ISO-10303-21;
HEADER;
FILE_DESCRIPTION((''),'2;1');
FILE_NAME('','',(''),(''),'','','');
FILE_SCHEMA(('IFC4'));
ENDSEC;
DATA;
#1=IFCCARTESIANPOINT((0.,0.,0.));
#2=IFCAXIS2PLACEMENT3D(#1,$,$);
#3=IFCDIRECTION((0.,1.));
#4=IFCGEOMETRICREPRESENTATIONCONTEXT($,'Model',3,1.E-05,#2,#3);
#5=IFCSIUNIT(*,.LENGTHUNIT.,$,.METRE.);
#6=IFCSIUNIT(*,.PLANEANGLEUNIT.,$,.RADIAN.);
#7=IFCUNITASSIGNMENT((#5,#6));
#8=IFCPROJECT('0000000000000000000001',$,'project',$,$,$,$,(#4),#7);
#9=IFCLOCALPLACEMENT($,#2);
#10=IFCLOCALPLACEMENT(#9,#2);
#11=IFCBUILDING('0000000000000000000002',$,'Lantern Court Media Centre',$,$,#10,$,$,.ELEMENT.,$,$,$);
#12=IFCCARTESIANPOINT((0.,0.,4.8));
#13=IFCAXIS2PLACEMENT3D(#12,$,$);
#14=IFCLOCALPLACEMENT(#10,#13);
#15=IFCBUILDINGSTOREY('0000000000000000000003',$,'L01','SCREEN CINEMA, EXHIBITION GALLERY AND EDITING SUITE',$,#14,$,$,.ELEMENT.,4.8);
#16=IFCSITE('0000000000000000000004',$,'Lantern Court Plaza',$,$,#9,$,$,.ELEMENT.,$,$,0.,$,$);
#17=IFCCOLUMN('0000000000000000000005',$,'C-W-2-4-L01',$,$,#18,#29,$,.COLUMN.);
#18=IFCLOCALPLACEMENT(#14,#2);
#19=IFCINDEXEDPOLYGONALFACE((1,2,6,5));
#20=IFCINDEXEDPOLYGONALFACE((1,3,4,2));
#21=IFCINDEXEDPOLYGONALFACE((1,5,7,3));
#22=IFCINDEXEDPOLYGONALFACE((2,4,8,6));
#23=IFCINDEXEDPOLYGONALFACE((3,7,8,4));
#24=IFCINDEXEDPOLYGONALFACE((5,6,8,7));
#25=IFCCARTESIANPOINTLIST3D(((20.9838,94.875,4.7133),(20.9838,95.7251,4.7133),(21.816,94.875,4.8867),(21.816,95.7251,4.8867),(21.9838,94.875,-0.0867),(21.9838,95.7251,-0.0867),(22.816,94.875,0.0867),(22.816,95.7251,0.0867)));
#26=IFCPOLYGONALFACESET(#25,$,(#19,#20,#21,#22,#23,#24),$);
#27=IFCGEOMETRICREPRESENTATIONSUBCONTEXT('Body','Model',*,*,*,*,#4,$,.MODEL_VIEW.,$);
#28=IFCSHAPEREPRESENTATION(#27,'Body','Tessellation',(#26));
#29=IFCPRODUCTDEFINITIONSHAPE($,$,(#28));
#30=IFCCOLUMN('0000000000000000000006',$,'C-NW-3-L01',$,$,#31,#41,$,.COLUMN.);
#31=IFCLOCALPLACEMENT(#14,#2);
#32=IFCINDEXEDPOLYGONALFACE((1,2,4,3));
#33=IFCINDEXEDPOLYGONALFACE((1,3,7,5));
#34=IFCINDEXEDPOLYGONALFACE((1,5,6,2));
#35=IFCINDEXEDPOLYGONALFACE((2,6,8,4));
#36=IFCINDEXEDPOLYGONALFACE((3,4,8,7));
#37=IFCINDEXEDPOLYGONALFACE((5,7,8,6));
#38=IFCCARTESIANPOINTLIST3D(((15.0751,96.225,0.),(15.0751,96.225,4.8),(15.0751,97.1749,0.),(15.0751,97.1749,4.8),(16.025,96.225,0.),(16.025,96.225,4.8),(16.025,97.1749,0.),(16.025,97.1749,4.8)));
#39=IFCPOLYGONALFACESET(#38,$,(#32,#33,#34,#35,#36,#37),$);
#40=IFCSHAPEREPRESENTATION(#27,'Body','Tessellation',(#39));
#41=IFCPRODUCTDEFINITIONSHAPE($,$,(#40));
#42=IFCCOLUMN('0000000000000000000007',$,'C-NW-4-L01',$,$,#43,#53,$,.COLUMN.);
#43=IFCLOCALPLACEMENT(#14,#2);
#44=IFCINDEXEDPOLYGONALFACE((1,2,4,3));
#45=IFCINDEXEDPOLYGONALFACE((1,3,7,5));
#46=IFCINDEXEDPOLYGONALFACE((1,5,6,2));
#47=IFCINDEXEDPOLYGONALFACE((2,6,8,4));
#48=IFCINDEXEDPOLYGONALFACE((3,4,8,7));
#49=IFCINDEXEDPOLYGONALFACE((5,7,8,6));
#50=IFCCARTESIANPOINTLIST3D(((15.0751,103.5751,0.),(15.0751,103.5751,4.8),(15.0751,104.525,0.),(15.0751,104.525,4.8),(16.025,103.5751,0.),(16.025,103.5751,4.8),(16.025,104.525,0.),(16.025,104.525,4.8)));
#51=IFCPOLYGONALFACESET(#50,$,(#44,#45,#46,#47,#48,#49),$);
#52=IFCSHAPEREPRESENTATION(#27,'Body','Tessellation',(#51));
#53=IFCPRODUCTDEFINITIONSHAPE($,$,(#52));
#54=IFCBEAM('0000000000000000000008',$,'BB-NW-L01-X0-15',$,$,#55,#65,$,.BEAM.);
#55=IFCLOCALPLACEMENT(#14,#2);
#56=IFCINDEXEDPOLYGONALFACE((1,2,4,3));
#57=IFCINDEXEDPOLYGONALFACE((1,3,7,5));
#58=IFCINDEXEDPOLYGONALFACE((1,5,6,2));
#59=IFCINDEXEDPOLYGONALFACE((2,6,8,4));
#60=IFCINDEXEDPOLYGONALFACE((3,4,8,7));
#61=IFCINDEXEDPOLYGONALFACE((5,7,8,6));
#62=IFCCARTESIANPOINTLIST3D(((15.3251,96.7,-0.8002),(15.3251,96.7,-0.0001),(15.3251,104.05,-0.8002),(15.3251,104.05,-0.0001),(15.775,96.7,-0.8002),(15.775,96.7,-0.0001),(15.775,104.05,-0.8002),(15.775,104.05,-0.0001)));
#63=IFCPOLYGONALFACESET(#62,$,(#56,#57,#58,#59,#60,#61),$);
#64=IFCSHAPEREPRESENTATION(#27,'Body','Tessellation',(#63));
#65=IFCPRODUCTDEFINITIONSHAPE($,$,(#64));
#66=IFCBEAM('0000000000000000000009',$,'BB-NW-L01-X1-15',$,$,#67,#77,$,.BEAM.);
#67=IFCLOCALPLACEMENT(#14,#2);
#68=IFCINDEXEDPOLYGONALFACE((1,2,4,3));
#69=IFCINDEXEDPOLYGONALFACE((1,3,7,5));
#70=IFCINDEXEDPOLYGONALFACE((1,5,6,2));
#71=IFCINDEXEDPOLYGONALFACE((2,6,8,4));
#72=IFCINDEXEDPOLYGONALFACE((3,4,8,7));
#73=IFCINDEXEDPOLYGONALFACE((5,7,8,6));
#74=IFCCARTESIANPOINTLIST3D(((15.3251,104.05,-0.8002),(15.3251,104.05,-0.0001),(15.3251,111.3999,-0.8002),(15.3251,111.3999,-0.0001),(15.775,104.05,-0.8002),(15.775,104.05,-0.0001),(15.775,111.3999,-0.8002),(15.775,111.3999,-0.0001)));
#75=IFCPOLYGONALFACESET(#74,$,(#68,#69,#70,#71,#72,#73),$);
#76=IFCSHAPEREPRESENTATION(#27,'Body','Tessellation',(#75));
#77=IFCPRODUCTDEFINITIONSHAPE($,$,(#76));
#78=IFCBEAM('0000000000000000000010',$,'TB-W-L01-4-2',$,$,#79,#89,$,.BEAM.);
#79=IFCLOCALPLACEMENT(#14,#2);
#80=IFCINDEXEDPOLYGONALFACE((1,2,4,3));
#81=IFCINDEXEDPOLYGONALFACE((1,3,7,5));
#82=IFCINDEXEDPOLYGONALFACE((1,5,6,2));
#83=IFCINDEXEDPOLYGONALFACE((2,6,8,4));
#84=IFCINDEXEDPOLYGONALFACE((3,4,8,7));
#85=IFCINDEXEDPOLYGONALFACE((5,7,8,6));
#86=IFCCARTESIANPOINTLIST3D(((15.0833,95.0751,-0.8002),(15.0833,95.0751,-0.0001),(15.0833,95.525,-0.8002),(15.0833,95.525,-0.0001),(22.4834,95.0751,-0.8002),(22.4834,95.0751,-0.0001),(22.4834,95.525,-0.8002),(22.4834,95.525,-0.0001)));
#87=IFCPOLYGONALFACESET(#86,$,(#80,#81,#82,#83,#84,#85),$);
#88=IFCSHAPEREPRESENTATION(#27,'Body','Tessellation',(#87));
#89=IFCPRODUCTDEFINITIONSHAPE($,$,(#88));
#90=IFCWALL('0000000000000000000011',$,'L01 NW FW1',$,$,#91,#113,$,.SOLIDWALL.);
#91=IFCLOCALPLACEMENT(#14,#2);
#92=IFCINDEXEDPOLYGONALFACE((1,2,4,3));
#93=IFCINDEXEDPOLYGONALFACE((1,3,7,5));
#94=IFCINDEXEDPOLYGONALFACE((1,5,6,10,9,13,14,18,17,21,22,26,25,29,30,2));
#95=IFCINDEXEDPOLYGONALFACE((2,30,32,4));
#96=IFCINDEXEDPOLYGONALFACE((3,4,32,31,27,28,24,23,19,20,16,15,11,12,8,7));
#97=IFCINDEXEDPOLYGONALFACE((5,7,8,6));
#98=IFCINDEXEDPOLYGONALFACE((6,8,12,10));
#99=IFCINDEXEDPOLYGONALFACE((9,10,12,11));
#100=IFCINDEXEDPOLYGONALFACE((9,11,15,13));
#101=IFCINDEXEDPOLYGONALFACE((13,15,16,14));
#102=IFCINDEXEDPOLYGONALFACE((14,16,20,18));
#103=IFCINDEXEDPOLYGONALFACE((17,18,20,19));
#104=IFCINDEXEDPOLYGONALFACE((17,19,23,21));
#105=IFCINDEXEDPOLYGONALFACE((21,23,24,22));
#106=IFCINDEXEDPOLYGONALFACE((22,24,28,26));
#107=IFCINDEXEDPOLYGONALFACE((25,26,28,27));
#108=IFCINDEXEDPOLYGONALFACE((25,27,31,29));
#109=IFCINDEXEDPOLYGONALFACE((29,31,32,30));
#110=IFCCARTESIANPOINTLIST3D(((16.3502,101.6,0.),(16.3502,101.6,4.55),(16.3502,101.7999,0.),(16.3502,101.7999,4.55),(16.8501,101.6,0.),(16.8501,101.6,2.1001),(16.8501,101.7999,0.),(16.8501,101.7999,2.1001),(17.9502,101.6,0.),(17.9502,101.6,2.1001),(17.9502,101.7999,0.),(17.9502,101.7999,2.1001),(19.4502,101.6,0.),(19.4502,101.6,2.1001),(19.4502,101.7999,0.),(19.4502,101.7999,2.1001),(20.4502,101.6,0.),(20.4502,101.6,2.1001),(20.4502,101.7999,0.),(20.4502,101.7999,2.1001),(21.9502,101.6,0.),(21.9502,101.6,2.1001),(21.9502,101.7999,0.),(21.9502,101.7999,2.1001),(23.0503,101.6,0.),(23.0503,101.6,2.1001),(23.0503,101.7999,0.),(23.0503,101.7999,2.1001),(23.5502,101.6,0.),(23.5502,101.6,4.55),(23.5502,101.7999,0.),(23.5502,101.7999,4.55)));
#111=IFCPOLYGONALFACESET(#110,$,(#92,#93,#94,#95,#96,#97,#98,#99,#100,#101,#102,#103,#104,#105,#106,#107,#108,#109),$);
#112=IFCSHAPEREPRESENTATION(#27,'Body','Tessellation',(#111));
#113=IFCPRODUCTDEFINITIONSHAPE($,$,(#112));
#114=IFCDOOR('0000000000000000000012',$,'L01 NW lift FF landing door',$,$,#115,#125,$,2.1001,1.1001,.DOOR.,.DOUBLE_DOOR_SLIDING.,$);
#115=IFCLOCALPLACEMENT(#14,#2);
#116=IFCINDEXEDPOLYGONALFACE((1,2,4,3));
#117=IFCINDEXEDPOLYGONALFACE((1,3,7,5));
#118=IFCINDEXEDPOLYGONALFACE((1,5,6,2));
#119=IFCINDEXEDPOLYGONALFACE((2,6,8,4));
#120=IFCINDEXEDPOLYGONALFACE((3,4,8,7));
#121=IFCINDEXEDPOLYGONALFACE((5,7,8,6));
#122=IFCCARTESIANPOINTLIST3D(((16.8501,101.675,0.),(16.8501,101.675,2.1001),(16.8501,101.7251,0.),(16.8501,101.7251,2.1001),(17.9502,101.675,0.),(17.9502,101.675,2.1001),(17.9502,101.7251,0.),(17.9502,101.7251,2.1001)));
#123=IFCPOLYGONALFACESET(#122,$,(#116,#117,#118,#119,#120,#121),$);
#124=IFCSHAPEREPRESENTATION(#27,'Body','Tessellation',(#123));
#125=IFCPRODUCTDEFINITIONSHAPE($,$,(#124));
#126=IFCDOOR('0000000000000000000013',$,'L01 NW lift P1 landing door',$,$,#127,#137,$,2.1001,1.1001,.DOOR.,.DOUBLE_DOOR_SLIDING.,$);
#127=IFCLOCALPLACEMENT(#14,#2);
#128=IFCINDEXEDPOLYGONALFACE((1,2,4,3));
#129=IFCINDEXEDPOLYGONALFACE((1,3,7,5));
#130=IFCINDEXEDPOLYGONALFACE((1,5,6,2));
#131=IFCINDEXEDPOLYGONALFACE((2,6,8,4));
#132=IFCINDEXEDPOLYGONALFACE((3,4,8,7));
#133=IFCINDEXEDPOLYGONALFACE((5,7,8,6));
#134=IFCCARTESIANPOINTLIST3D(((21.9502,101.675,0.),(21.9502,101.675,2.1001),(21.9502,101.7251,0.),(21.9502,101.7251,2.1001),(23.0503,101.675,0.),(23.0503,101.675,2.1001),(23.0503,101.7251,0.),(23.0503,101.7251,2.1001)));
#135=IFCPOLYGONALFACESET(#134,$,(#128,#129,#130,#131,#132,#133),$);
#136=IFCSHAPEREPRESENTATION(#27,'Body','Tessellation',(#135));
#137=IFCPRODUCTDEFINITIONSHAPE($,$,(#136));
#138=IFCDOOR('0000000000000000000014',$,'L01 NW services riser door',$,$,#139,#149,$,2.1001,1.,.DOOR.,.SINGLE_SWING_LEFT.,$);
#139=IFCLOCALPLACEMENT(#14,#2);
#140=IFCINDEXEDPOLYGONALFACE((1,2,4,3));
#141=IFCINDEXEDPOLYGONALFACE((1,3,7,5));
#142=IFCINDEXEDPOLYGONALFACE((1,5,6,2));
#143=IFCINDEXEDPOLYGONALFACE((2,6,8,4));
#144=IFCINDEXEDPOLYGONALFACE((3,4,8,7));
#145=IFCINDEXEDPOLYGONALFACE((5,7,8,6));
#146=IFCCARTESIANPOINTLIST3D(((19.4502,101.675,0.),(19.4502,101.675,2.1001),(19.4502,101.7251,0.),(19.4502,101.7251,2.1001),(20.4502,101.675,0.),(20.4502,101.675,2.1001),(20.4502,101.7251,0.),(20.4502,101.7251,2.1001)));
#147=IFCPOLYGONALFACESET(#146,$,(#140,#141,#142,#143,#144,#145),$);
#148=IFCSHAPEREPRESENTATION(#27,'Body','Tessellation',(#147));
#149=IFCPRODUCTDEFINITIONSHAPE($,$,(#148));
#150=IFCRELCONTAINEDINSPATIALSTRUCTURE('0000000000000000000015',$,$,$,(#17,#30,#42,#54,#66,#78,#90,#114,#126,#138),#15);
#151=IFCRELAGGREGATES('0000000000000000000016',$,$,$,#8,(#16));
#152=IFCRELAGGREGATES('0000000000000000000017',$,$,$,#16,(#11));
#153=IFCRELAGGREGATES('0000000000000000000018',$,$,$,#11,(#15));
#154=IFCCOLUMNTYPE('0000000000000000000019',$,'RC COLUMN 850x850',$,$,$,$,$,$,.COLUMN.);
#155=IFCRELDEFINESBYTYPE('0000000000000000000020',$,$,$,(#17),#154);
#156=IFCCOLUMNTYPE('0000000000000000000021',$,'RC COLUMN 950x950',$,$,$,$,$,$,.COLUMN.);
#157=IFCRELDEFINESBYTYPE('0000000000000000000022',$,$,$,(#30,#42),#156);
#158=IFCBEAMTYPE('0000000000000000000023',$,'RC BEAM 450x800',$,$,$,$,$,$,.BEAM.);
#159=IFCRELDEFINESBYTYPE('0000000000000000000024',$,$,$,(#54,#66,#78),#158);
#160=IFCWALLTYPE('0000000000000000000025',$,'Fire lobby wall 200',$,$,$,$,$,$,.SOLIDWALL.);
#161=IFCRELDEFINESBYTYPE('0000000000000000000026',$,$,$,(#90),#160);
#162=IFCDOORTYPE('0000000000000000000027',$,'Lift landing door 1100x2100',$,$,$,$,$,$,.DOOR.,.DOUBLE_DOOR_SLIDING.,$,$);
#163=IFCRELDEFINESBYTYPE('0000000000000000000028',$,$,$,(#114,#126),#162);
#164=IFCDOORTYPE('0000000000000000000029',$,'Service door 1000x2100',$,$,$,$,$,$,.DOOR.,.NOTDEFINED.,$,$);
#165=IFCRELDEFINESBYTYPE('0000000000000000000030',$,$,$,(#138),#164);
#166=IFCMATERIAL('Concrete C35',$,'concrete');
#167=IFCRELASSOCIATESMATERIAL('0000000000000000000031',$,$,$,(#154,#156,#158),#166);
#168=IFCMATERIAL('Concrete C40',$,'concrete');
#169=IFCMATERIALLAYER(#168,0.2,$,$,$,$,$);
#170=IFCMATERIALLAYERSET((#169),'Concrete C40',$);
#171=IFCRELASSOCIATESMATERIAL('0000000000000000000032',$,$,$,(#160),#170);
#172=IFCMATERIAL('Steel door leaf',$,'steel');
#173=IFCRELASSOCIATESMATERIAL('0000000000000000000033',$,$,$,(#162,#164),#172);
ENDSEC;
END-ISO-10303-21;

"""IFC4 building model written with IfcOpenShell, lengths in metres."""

from ifc_helpers import new_model, si_unit, direction, frame, frame_2d, origin, origin_2d, place, context, subcontext, project, spatial, rectangle, extrude, material, layer, layer_set, material_profile, profile_set, type_object, element, fill, save


model = new_model("IFC4")

# Units and contexts
model_context = context("Model", 3, precision=1e-05, world=origin(), true_north=direction((0.0, 1.0)))
body_context = subcontext(model_context, "Body", "Model", "MODEL_VIEW")
ifc_project = project(units=[si_unit("LENGTHUNIT", "METRE"), si_unit("PLANEANGLEUNIT", "RADIAN")], contexts=[model_context])

# Site, building, storey
site_placement = place(None, origin())
site = spatial("IfcSite", under=ifc_project, at=site_placement, Name="Lantern Court Plaza", CompositionType="ELEMENT", RefElevation=0.0)
building_placement = place(site_placement, origin())
building = spatial("IfcBuilding", under=site, at=building_placement, Name="Lantern Court Media Centre", CompositionType="ELEMENT")
storey_placement = place(building_placement, frame((0.0, 0.0, 4.8)))
storey = spatial("IfcBuildingStorey", under=building, at=storey_placement, Name="L01", Description="SCREEN CINEMA, EXHIBITION GALLERY AND EDITING SUITE", CompositionType="ELEMENT", Elevation=4.8)

# Columns
ifc_material_1 = material(Name="Concrete C35", Category="concrete")
ifc_material_profile_1 = material_profile(ifc_material_1, rectangle(XDim=0.8501, YDim=0.8501, at=origin_2d()), Name="RC 850x850")
ifc_profile_set_1 = profile_set([ifc_material_profile_1], Name="Concrete C35")
column_type_1 = type_object("IfcColumnType", Name="RC COLUMN 850x850", PredefinedType="COLUMN", material=ifc_profile_set_1)
column_placement = place(storey_placement, frame((22.3999, 95.3, 0.0), z_axis=(-0.203952, 0.0, 0.978981), x_axis=(0.0, -1.0, 0.0)))
element("IfcColumn", 1, at=column_placement, inside=storey, type_object=column_type_1, Name="C-W-2-4-L01", PredefinedType="COLUMN", context=body_context, shape_type="SweptSolid", body=[
    extrude(rectangle(XDim=0.8501, YDim=0.8501, at=origin_2d()), origin(), (0.0, 0.0, 1.0), 4.9031),
])
ifc_material_profile_2 = material_profile(ifc_material_1, rectangle(XDim=0.95, YDim=0.95, at=origin_2d()), Name="RC 950x950")
ifc_profile_set_2 = profile_set([ifc_material_profile_2], Name="Concrete C35")
column_type_2 = type_object("IfcColumnType", Name="RC COLUMN 950x950", PredefinedType="COLUMN", material=ifc_profile_set_2)
for number, where, z_axis, x_axis, name in (
    (2, (15.55, 96.7, 0.0), (0.0, 0.0, 1.0), (1.0, 0.0, 0.0), "C-NW-3-L01"),
    (3, (15.55, 104.05, 0.0), (0.0, 0.0, 1.0), (1.0, 0.0, 0.0), "C-NW-4-L01"),
):
    element("IfcColumn", number, at=place(storey_placement, frame(where, z_axis=z_axis, x_axis=x_axis)), inside=storey, type_object=column_type_2, Name=name, PredefinedType="COLUMN", context=body_context, shape_type="SweptSolid", body=[
        extrude(rectangle(XDim=0.95, YDim=0.95, at=origin_2d()), origin(), (0.0, 0.0, 1.0), 4.8),
    ])

# Beams
ifc_material_profile_3 = material_profile(ifc_material_1, rectangle(XDim=0.45, YDim=0.8, at=origin_2d()), Name="RC 450x800")
ifc_profile_set_3 = profile_set([ifc_material_profile_3], Name="Concrete C35")
beam_type = type_object("IfcBeamType", Name="RC BEAM 450x800", PredefinedType="BEAM", material=ifc_profile_set_3)
beam_1_placement = place(storey_placement, frame((15.55, 96.7, -0.4001), z_axis=(0.0, 1.0, 0.0), x_axis=(-1.0, 0.0, 0.0)))
element("IfcBeam", 4, at=beam_1_placement, inside=storey, type_object=beam_type, Name="BB-NW-L01-X0-15", PredefinedType="BEAM", context=body_context, shape_type="SweptSolid", body=[
    extrude(rectangle(XDim=0.45, YDim=0.8, at=origin_2d()), origin(), (0.0, 0.0, 1.0), 7.3501),
])
beam_2_placement = place(storey_placement, frame((15.55, 104.05, -0.4001), z_axis=(0.0, 1.0, 0.0), x_axis=(-1.0, 0.0, 0.0)))
element("IfcBeam", 5, at=beam_2_placement, inside=storey, type_object=beam_type, Name="BB-NW-L01-X1-15", PredefinedType="BEAM", context=body_context, shape_type="SweptSolid", body=[
    extrude(rectangle(XDim=0.45, YDim=0.8, at=origin_2d()), origin(), (0.0, 0.0, 1.0), 7.3499),
])
beam_3_placement = place(storey_placement, frame((15.0833, 95.3, -0.4001), z_axis=(1.0, 0.0, 0.0), x_axis=(0.0, 1.0, 0.0)))
element("IfcBeam", 6, at=beam_3_placement, inside=storey, type_object=beam_type, Name="TB-W-L01-4-2", PredefinedType="BEAM", context=body_context, shape_type="SweptSolid", body=[
    extrude(rectangle(XDim=0.45, YDim=0.8, at=origin_2d()), origin(), (0.0, 0.0, 1.0), 7.4001),
])

# Wall, openings, doors
ifc_material_2 = material(Name="Concrete C40", Category="concrete")
ifc_layer_1 = layer(ifc_material_2, 0.2)
ifc_layer_set_1 = layer_set([ifc_layer_1], Name="Concrete C40")
wall_type_1 = type_object("IfcWallType", Name="Fire lobby wall 200", PredefinedType="SOLIDWALL", material=ifc_layer_set_1)
wall_1_placement = place(storey_placement, frame((16.3501, 101.7, 0.0), z_axis=(0.0, 0.0, 1.0), x_axis=(1.0, 0.0, 0.0)))
wall_1 = element("IfcWall", 7, at=wall_1_placement, inside=storey, type_object=wall_type_1, Name="L01 NW FW1", PredefinedType="SOLIDWALL", context=body_context, shape_type="SweptSolid", body=[
    extrude(rectangle(XDim=7.2, YDim=0.2, at=frame_2d((3.6001, 0.0))), origin(), (0.0, 0.0, 1.0), 4.55),
])
opening_1_placement = place(wall_1_placement, frame((0.5, 0.0, 0.0)))
opening_1 = element("IfcOpeningElement", 8, at=opening_1_placement, cuts=wall_1, PredefinedType="OPENING", context=body_context, shape_type="SweptSolid", body=[
    extrude(rectangle(XDim=1.1001, YDim=2.1001, at=frame_2d((0.55, 1.05))), frame((0.0, 0.1099, 0.0), z_axis=(0.0, -1.0, 0.0), x_axis=(1.0, 0.0, 0.0)), (0.0, 0.0, 1.0), 0.22),
])
opening_2_placement = place(wall_1_placement, frame((5.6001, 0.0, 0.0)))
opening_2 = element("IfcOpeningElement", 9, at=opening_2_placement, cuts=wall_1, PredefinedType="OPENING", context=body_context, shape_type="SweptSolid", body=[
    extrude(rectangle(XDim=1.1001, YDim=2.1001, at=frame_2d((0.55, 1.05))), frame((0.0, 0.1099, 0.0), z_axis=(0.0, -1.0, 0.0), x_axis=(1.0, 0.0, 0.0)), (0.0, 0.0, 1.0), 0.22),
])
opening_3_placement = place(wall_1_placement, frame((3.1001, 0.0, 0.0)))
opening_3 = element("IfcOpeningElement", 10, at=opening_3_placement, cuts=wall_1, PredefinedType="OPENING", context=body_context, shape_type="SweptSolid", body=[
    extrude(rectangle(XDim=1.0, YDim=2.1001, at=frame_2d((0.5, 1.05))), frame((0.0, 0.1099, 0.0), z_axis=(0.0, -1.0, 0.0), x_axis=(1.0, 0.0, 0.0)), (0.0, 0.0, 1.0), 0.22),
])
ifc_material_3 = material(Name="Steel door leaf", Category="steel")
door_type_1 = type_object("IfcDoorType", Name="Lift landing door 1100x2100", OperationType="DOUBLE_DOOR_SLIDING", PredefinedType="DOOR", material=ifc_material_3)
door_1_placement = place(opening_1_placement, frame((1.1001, 0.0, 0.0), z_axis=(0.0, 0.0, 1.0), x_axis=(-1.0, 0.0, 0.0)))
door_1 = element("IfcDoor", 11, at=door_1_placement, inside=storey, type_object=door_type_1, Name="L01 NW lift FF landing door", OperationType="DOUBLE_DOOR_SLIDING", OverallHeight=2.1001, OverallWidth=1.1001, PredefinedType="DOOR", context=body_context, shape_type="SweptSolid", body=[
    extrude(rectangle(XDim=1.1001, YDim=2.1001, at=frame_2d((0.55, 1.05))), frame((0.0, 0.0249, 0.0), z_axis=(0.0, -1.0, 0.0), x_axis=(1.0, 0.0, 0.0)), (0.0, 0.0, 1.0), 0.05),
])
fill(opening_1, door_1)
door_2_placement = place(opening_2_placement, frame((1.1001, 0.0, 0.0), z_axis=(0.0, 0.0, 1.0), x_axis=(-1.0, 0.0, 0.0)))
door_2 = element("IfcDoor", 12, at=door_2_placement, inside=storey, type_object=door_type_1, Name="L01 NW lift P1 landing door", OperationType="DOUBLE_DOOR_SLIDING", OverallHeight=2.1001, OverallWidth=1.1001, PredefinedType="DOOR", context=body_context, shape_type="SweptSolid", body=[
    extrude(rectangle(XDim=1.1001, YDim=2.1001, at=frame_2d((0.55, 1.05))), frame((0.0, 0.0249, 0.0), z_axis=(0.0, -1.0, 0.0), x_axis=(1.0, 0.0, 0.0)), (0.0, 0.0, 1.0), 0.05),
])
fill(opening_2, door_2)
door_type_2 = type_object("IfcDoorType", Name="Service door 1000x2100", OperationType="NOTDEFINED", PredefinedType="DOOR", material=ifc_material_3)
door_3_placement = place(opening_3_placement, frame((1.0, 0.0, 0.0), z_axis=(0.0, 0.0, 1.0), x_axis=(-1.0, 0.0, 0.0)))
door_3 = element("IfcDoor", 13, at=door_3_placement, inside=storey, type_object=door_type_2, Name="L01 NW services riser door", OperationType="SINGLE_SWING_LEFT", OverallHeight=2.1001, OverallWidth=1.0, PredefinedType="DOOR", context=body_context, shape_type="SweptSolid", body=[
    extrude(rectangle(XDim=1.0, YDim=2.1001, at=frame_2d((0.5, 1.05))), frame((0.0, 0.0249, 0.0), z_axis=(0.0, -1.0, 0.0), x_axis=(1.0, 0.0, 0.0)), (0.0, 0.0, 1.0), 0.05),
])
fill(opening_3, door_3)

save(model, "model.ifc")
